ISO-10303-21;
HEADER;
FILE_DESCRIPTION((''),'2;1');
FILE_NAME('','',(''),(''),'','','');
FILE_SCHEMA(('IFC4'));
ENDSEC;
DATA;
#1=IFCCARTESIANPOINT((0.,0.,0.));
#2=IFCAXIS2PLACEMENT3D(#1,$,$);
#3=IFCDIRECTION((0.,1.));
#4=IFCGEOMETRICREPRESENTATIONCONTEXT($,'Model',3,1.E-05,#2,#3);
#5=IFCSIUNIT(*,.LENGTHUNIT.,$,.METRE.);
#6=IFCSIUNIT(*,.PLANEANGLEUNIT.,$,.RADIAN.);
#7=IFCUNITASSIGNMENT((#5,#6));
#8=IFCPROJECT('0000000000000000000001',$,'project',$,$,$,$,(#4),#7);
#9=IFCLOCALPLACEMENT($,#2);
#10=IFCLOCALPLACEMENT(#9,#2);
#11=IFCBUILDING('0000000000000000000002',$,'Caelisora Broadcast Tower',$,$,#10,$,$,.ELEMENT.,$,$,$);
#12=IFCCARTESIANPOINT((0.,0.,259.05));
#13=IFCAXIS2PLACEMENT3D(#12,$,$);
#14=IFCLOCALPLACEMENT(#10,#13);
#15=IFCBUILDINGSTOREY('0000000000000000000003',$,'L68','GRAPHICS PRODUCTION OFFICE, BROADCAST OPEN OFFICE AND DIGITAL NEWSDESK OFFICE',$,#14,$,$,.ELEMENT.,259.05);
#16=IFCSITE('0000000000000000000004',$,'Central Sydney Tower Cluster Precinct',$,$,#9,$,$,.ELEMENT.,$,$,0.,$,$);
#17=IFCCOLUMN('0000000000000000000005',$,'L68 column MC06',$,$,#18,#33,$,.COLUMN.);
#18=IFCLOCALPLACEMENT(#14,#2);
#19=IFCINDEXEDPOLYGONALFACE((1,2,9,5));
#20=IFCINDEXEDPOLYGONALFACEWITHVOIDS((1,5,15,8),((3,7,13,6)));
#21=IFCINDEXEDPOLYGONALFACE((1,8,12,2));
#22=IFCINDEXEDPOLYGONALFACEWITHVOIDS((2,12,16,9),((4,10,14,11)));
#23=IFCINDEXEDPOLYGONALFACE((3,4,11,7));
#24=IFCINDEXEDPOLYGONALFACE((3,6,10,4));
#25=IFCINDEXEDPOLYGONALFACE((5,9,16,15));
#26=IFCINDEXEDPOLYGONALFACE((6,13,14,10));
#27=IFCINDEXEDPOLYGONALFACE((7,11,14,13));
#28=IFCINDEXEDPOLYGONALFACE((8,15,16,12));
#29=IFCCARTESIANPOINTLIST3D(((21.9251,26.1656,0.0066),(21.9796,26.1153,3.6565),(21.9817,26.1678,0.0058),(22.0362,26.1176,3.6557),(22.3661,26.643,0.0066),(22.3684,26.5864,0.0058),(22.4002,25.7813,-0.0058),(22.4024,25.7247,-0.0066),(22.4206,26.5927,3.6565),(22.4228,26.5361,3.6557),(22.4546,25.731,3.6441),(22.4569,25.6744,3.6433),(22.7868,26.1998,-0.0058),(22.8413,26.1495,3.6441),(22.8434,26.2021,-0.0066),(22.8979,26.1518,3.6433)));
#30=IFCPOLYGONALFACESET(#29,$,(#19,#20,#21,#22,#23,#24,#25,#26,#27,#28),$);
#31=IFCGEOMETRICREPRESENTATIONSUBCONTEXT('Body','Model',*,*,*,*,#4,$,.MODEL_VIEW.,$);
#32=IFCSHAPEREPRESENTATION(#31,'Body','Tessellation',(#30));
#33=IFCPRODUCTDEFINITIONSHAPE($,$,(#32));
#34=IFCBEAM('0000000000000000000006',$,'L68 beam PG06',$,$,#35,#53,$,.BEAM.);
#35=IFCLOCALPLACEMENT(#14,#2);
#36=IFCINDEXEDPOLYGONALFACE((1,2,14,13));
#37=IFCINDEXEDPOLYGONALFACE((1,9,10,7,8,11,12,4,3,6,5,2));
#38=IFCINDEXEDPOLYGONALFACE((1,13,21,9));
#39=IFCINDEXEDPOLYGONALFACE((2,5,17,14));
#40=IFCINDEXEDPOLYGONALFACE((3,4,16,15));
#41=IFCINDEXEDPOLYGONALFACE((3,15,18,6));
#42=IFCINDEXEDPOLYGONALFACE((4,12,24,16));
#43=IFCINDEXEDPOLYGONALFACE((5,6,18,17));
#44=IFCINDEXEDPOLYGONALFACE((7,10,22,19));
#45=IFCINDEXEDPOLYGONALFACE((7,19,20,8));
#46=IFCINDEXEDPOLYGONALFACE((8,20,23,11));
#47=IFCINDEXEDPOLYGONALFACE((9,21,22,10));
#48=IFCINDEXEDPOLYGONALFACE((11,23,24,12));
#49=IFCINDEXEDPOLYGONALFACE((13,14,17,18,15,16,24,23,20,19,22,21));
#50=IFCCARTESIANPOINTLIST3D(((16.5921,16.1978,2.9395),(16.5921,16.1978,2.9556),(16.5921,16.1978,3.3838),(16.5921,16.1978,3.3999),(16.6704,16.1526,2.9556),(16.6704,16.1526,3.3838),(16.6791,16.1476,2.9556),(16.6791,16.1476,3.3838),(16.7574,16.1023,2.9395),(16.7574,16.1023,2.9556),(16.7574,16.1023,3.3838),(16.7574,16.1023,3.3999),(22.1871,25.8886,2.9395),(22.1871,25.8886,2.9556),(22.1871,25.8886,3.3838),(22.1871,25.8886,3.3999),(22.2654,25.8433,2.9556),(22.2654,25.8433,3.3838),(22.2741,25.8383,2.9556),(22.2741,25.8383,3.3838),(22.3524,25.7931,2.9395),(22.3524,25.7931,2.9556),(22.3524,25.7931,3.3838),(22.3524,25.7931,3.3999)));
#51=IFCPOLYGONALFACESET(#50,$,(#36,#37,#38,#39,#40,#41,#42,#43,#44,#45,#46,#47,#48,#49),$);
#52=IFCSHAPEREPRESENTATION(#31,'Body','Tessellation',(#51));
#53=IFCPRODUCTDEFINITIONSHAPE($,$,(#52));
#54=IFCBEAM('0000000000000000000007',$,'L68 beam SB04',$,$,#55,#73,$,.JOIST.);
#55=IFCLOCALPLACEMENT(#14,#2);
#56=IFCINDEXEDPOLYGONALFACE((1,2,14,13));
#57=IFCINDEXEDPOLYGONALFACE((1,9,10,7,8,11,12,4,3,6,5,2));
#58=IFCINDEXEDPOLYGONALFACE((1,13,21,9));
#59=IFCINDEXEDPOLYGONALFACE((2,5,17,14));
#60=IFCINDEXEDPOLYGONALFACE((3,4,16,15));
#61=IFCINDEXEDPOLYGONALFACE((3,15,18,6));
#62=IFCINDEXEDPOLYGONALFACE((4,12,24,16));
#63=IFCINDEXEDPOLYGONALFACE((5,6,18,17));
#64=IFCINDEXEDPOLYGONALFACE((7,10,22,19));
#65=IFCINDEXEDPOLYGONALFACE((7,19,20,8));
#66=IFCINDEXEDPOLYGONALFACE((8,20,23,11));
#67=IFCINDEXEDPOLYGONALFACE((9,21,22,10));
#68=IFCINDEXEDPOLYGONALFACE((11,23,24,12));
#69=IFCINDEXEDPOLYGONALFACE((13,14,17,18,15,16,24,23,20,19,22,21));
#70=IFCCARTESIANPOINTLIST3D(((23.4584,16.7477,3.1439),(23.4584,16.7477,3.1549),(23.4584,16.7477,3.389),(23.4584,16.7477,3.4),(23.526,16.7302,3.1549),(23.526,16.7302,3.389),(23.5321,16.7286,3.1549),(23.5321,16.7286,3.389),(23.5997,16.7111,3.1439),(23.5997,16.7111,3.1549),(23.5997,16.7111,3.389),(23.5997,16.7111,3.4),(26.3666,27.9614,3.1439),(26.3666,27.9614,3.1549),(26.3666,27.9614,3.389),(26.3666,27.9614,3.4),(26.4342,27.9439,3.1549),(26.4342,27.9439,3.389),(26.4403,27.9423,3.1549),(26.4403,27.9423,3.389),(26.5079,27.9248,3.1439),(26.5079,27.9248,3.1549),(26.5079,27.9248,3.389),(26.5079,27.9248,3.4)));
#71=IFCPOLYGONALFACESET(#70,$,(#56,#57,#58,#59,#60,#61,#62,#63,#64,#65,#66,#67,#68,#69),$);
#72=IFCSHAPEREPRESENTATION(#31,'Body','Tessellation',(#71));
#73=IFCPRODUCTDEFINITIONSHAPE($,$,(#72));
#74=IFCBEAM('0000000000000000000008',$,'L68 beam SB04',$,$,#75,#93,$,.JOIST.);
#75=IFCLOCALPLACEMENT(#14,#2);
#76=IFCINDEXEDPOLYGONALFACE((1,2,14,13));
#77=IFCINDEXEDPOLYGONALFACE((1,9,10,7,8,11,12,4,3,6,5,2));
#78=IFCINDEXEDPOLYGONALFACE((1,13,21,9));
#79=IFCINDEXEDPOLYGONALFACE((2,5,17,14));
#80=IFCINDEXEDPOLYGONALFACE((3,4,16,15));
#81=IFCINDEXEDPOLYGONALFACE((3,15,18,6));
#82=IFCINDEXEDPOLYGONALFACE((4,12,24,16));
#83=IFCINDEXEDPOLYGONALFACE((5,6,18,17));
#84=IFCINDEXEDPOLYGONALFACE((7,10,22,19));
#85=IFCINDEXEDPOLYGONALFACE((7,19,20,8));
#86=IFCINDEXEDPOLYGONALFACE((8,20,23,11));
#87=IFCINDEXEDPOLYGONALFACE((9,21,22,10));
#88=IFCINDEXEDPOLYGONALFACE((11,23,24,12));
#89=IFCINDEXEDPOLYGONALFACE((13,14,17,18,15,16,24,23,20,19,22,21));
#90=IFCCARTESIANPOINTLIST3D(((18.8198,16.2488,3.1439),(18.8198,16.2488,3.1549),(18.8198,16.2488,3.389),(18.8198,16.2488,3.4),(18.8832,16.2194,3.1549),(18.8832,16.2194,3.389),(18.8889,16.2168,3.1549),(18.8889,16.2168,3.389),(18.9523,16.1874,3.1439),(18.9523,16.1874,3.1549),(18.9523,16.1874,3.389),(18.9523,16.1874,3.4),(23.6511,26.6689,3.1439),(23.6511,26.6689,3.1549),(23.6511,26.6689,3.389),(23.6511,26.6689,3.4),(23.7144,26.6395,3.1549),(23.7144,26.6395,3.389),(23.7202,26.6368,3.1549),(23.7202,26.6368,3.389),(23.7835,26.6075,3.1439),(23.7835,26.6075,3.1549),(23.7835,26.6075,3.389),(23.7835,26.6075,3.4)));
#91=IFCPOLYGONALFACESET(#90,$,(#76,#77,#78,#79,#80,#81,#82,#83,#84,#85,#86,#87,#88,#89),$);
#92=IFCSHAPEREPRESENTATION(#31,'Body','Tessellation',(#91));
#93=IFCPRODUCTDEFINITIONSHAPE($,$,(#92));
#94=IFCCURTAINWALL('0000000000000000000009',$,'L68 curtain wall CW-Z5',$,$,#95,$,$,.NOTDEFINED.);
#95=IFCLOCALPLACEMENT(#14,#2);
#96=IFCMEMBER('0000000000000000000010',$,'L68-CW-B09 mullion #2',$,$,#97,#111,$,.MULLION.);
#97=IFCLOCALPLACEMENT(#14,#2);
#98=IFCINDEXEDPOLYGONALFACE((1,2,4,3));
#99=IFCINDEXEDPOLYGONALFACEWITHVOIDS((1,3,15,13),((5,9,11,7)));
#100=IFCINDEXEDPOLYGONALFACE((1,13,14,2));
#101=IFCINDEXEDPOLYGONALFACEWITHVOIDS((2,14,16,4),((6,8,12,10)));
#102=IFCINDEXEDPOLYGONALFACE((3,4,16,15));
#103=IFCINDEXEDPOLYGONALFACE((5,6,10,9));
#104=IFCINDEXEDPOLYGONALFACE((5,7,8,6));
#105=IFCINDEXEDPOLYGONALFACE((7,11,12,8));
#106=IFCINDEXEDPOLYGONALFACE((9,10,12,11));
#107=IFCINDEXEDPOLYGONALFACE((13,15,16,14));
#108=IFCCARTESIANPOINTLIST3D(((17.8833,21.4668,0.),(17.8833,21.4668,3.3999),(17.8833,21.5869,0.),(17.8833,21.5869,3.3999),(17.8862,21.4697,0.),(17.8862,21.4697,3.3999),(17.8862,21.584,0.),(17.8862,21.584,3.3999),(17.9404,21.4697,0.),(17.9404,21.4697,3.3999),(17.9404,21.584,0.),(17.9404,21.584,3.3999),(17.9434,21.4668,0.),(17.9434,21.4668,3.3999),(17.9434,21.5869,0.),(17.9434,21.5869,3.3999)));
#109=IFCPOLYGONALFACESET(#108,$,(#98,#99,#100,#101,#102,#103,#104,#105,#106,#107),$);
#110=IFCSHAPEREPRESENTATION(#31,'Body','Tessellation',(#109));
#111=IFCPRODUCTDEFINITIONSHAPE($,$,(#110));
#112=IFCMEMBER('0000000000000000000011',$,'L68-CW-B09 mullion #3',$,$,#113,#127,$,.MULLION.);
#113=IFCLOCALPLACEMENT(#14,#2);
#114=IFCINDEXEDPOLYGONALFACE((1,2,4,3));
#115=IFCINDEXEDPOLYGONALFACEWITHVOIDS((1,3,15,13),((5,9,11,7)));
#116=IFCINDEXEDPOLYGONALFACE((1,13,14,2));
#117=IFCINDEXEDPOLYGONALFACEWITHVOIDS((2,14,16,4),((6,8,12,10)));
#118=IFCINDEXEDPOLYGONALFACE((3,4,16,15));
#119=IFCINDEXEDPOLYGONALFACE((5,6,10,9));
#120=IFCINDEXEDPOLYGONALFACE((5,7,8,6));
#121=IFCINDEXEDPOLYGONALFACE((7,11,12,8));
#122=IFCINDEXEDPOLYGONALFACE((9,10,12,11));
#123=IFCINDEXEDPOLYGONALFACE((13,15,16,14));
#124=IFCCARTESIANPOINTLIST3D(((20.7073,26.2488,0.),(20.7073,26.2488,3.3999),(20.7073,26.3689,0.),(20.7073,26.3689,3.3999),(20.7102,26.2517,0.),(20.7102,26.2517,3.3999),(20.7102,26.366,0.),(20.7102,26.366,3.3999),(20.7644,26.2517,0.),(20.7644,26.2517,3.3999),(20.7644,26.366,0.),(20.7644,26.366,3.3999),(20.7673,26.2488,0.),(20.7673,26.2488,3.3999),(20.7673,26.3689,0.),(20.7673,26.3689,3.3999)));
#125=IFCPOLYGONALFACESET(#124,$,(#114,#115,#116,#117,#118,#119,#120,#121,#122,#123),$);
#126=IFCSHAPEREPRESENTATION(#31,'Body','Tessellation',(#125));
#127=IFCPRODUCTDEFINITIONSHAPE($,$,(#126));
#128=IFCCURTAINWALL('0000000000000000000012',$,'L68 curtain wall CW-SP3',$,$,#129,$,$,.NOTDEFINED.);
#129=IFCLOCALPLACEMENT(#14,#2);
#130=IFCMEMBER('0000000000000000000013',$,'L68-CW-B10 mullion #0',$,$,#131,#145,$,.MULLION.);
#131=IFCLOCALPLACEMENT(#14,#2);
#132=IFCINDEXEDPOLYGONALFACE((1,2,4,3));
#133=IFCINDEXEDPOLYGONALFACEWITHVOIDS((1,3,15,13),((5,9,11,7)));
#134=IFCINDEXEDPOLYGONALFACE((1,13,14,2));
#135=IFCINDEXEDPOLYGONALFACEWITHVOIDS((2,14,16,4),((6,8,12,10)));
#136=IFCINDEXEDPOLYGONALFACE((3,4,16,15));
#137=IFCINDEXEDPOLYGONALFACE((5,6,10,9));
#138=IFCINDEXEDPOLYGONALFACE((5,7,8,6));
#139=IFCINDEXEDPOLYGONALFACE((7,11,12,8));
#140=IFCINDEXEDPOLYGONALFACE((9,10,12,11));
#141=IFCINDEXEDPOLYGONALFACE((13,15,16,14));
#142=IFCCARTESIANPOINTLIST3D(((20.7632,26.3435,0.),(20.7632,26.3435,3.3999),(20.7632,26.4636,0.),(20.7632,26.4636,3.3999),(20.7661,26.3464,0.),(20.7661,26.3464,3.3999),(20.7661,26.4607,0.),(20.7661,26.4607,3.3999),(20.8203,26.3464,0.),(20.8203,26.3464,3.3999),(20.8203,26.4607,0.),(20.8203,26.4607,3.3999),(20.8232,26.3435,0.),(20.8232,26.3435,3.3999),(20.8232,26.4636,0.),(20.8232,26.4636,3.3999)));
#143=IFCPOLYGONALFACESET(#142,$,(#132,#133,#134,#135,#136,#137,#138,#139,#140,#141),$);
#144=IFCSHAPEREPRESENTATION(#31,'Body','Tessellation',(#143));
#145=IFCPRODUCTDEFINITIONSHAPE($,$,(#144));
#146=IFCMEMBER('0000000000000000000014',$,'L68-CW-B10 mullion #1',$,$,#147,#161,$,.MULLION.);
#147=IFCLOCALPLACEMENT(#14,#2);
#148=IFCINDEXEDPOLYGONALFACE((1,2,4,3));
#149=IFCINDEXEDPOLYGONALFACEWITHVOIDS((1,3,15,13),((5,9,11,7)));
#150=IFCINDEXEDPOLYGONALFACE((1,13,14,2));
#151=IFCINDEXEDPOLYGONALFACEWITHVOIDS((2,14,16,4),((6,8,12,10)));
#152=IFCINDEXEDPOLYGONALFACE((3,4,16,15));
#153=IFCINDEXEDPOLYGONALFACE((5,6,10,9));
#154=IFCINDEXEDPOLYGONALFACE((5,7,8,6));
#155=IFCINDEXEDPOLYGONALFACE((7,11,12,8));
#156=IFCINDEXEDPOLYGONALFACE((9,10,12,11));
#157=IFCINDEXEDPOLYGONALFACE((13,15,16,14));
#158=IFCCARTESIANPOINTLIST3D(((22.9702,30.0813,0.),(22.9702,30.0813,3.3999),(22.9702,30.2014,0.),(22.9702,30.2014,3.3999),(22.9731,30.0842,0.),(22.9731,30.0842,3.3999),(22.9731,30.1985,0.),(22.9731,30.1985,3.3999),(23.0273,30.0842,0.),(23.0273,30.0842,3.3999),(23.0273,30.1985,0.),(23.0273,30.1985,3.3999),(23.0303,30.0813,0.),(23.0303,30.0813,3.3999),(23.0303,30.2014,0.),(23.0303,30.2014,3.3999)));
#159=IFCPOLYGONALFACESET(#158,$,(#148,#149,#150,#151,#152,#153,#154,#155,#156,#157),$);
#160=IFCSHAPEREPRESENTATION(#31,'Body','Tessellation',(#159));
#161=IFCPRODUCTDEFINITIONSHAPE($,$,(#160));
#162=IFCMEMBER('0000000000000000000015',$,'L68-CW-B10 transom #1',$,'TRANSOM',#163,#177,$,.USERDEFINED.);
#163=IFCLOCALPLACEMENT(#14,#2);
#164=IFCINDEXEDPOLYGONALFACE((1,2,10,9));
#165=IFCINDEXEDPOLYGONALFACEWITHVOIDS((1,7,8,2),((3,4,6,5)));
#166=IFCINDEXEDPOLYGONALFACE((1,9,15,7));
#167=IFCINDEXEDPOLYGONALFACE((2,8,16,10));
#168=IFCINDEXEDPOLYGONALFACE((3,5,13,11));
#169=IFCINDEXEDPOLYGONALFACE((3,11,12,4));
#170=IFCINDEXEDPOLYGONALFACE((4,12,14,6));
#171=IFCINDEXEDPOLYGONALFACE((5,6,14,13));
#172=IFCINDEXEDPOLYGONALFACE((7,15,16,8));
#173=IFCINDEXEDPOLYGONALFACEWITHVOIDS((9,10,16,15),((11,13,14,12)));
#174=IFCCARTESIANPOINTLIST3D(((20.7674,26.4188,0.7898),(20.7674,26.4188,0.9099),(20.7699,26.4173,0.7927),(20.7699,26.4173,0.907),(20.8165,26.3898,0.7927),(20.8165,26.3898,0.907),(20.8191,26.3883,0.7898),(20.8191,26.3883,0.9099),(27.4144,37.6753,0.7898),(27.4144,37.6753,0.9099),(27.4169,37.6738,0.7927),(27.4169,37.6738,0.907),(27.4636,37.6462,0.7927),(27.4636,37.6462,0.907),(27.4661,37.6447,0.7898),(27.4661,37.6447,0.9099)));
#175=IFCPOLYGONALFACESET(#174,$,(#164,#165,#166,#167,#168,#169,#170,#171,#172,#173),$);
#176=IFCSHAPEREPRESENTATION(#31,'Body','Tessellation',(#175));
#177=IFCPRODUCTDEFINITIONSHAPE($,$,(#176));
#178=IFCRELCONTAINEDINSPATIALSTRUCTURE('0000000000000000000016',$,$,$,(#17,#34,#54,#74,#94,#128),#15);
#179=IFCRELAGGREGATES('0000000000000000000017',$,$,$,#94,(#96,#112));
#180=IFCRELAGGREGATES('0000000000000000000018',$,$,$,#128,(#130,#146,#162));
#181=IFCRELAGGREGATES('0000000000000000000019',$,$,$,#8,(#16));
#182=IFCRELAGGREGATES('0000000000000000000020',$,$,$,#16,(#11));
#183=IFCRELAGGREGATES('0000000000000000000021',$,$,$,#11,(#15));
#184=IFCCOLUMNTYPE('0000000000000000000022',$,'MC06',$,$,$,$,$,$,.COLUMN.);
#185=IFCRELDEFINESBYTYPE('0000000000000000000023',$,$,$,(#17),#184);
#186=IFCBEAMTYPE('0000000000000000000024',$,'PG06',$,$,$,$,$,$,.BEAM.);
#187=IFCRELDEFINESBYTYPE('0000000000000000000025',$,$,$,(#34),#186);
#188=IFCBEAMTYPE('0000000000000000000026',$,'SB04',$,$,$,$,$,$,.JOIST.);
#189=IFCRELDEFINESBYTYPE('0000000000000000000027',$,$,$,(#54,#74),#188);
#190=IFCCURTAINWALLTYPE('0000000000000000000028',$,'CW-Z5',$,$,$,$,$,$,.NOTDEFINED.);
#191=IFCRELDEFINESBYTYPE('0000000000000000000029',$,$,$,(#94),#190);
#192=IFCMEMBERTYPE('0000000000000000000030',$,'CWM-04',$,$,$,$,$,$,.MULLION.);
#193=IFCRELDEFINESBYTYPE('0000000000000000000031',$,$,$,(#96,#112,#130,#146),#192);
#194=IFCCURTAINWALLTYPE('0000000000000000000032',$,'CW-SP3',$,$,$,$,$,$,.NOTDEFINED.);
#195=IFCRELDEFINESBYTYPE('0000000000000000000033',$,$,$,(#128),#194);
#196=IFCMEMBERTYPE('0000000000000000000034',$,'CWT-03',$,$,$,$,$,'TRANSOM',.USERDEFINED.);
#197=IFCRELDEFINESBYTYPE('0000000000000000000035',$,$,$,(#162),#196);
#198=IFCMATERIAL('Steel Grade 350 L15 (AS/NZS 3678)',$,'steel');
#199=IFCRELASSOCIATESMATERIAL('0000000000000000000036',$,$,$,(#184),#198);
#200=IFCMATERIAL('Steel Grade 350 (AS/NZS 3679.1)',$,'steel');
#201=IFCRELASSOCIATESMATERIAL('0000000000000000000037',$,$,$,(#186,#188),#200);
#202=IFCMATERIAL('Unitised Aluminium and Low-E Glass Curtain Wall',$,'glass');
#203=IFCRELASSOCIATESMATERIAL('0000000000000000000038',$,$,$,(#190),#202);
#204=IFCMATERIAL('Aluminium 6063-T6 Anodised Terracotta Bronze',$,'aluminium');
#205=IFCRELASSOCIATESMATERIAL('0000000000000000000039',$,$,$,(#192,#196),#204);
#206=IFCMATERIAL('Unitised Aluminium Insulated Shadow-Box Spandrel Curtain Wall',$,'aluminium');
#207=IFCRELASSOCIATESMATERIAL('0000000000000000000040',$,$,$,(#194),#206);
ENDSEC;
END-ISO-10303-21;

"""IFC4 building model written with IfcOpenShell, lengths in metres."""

from ifc_helpers import new_model, si_unit, direction, frame, origin, origin_2d, place, context, subcontext, project, spatial, hollow_rectangle, i_section, extrude, source, transform, mapped, material, material_profile, profile_set, type_object, type_shapes, element, aggregate, save


model = new_model("IFC4")

# Units and contexts
model_context = context("Model", 3, precision=1e-05, world=origin(), true_north=direction((0.0, 1.0)))
body_context = subcontext(model_context, "Body", "Model", "MODEL_VIEW")
ifc_project = project(units=[si_unit("LENGTHUNIT", "METRE"), si_unit("PLANEANGLEUNIT", "RADIAN")], contexts=[model_context])

# Site, building, storey
site_placement = place(None, origin())
site = spatial("IfcSite", under=ifc_project, at=site_placement, Name="Central Sydney Tower Cluster Precinct", CompositionType="ELEMENT", RefElevation=0.0)
building_placement = place(site_placement, origin())
building = spatial("IfcBuilding", under=site, at=building_placement, Name="Caelisora Broadcast Tower", CompositionType="ELEMENT")
storey_placement = place(building_placement, frame((0.0, 0.0, 259.05)))
storey = spatial("IfcBuildingStorey", under=building, at=storey_placement, Name="L68", Description="GRAPHICS PRODUCTION OFFICE, BROADCAST OPEN OFFICE AND DIGITAL NEWSDESK OFFICE", CompositionType="ELEMENT", Elevation=259.05)

# Column
ifc_material_1 = material(Name="Steel Grade 350 L15 (AS/NZS 3678)", Category="steel")
ifc_material_profile_1 = material_profile(ifc_material_1, hollow_rectangle(XDim=0.6499, YDim=0.6499, WallThickness=0.04, at=origin_2d()), Name="Steel Grade 350 L15 (AS/NZS 3678)")
ifc_profile_set_1 = profile_set([ifc_material_profile_1], Name="Steel Grade 350 L15 (AS/NZS 3678)")
column_type = type_object("IfcColumnType", Name="MC06", PredefinedType="COLUMN", material=ifc_profile_set_1)
shared_shape_1 = source(origin(), body_context, "Body", "SweptSolid", [
    extrude(hollow_rectangle(XDim=0.6499, YDim=0.6499, WallThickness=0.04, at=origin_2d()), origin(), (0.0, 0.0, 1.0), 3.6506),
])
type_shapes(column_type, [shared_shape_1])
column_placement = place(storey_placement, frame((22.3843, 26.1838, 0.0), z_axis=(0.014913, -0.013776, 0.999794), x_axis=(0.678554, 0.734551, 0.0)))
element("IfcColumn", 1, at=column_placement, inside=storey, type_object=column_type, Name="L68 column MC06", PredefinedType="COLUMN", context=body_context, shape_type="MappedRepresentation", body=[
    mapped(shared_shape_1, transform((0.0, 0.0, 0.0), scale=1.0)),
])

# Beams
ifc_material_2 = material(Name="Steel Grade 350 (AS/NZS 3679.1)", Category="steel")
ifc_material_profile_2 = material_profile(ifc_material_2, i_section(OverallWidth=0.1909, OverallDepth=0.4604, WebThickness=0.01, FlangeThickness=0.0161, at=origin_2d()), Name="Steel Grade 350 (AS/NZS 3679.1)")
ifc_profile_set_2 = profile_set([ifc_material_profile_2], Name="Steel Grade 350 (AS/NZS 3679.1)")
beam_type_1 = type_object("IfcBeamType", Name="PG06", PredefinedType="BEAM", material=ifc_profile_set_2)
shared_shape_2 = source(origin(), body_context, "Body", "SweptSolid", [
    extrude(i_section(OverallWidth=0.1909, OverallDepth=0.4604, WebThickness=0.01, FlangeThickness=0.0161, at=origin_2d()), origin(), (0.0, 0.0, 1.0), 11.1899),
])
type_shapes(beam_type_1, [shared_shape_2])
beam_1_placement = place(storey_placement, frame((22.2698, 25.8408, 3.1697), z_axis=(-0.500004, -0.866023, 0.0), x_axis=(0.866023, -0.500004, 0.0)))
element("IfcBeam", 2, at=beam_1_placement, inside=storey, type_object=beam_type_1, Name="L68 beam PG06", PredefinedType="BEAM", context=body_context, shape_type="MappedRepresentation", body=[
    mapped(shared_shape_2, transform((0.0, 0.0, 0.0), scale=1.0)),
])
ifc_material_profile_3 = material_profile(ifc_material_2, i_section(OverallWidth=0.146, OverallDepth=0.2561, WebThickness=0.0063, FlangeThickness=0.011, at=origin_2d()), Name="Steel Grade 350 (AS/NZS 3679.1)")
ifc_profile_set_3 = profile_set([ifc_material_profile_3], Name="Steel Grade 350 (AS/NZS 3679.1)")
beam_type_2 = type_object("IfcBeamType", Name="SB04", PredefinedType="JOIST", material=ifc_profile_set_3)
shared_shape_3 = source(origin(), body_context, "Body", "SweptSolid", [
    extrude(i_section(OverallWidth=0.146, OverallDepth=0.2561, WebThickness=0.0063, FlangeThickness=0.011, at=origin_2d()), origin(), (0.0, 0.0, 1.0), 11.5847),
])
beam_2_placement = place(storey_placement, frame((26.4373, 27.9431, 3.272), z_axis=(-0.25104, -0.967977, 0.0), x_axis=(0.967977, -0.25104, 0.0)))
element("IfcBeam", 3, at=beam_2_placement, inside=storey, type_object=beam_type_2, Name="L68 beam SB04", PredefinedType="JOIST", context=body_context, shape_type="MappedRepresentation", body=[
    mapped(shared_shape_3, transform((0.0, 0.0, 0.0), scale=1.0)),
])
shared_shape_4 = source(origin(), body_context, "Body", "SweptSolid", [
    extrude(i_section(OverallWidth=0.146, OverallDepth=0.2561, WebThickness=0.0063, FlangeThickness=0.011, at=origin_2d()), origin(), (0.0, 0.0, 1.0), 11.4856),
])
type_shapes(beam_type_2, [shared_shape_3, shared_shape_4])
beam_3_placement = place(storey_placement, frame((23.7173, 26.6382, 3.272), z_axis=(-0.420636, -0.90723, 0.0), x_axis=(0.90723, -0.420636, 0.0)))
element("IfcBeam", 4, at=beam_3_placement, inside=storey, type_object=beam_type_2, Name="L68 beam SB04", PredefinedType="JOIST", context=body_context, shape_type="MappedRepresentation", body=[
    mapped(shared_shape_4, transform((0.0, 0.0, 0.0), scale=1.0)),
])

# Curtain walls, members
ifc_material_3 = material(Name="Unitised Aluminium and Low-E Glass Curtain Wall", Category="glass")
curtain_wall_type_1 = type_object("IfcCurtainWallType", Name="CW-Z5", PredefinedType="NOTDEFINED", material=ifc_material_3)
curtain_wall_1_placement = place(storey_placement, origin())
curtain_wall_1 = element("IfcCurtainWall", 5, at=curtain_wall_1_placement, inside=storey, type_object=curtain_wall_type_1, Name="L68 curtain wall CW-Z5", PredefinedType="NOTDEFINED")
ifc_material_4 = material(Name="Aluminium 6063-T6 Anodised Terracotta Bronze", Category="aluminium")
ifc_material_profile_4 = material_profile(ifc_material_4, hollow_rectangle(XDim=0.0601, YDim=0.1201, WallThickness=0.0029, at=origin_2d()), Name="Aluminium 6063-T6 Anodised Terracotta Bronze")
ifc_profile_set_4 = profile_set([ifc_material_profile_4], Name="Aluminium 6063-T6 Anodised Terracotta Bronze")
member_type_1 = type_object("IfcMemberType", Name="CWM-04", PredefinedType="MULLION", material=ifc_profile_set_4)
shared_shape_5 = source(origin(), body_context, "Body", "SweptSolid", [
    extrude(hollow_rectangle(XDim=0.0601, YDim=0.1201, WallThickness=0.0029, at=origin_2d()), origin(), (0.0, 0.0, 1.0), 3.3999),
])
type_shapes(member_type_1, [shared_shape_5])
member_1_placement = place(storey_placement, frame((17.9133, 21.5269, 0.0), z_axis=(0.0, 0.0, 1.0), x_axis=(1.0, 0.0, 0.0)))
member_1 = element("IfcMember", 6, at=member_1_placement, type_object=member_type_1, Name="L68-CW-B09 mullion #2", PredefinedType="MULLION", context=body_context, shape_type="MappedRepresentation", body=[
    mapped(shared_shape_5, transform((0.0, 0.0, 0.0), scale=1.0)),
])
member_2_placement = place(storey_placement, frame((20.7373, 26.3088, 0.0), z_axis=(0.0, 0.0, 1.0), x_axis=(1.0, 0.0, 0.0)))
member_2 = element("IfcMember", 7, at=member_2_placement, type_object=member_type_1, Name="L68-CW-B09 mullion #3", PredefinedType="MULLION", context=body_context, shape_type="MappedRepresentation", body=[
    mapped(shared_shape_5, transform((0.0, 0.0, 0.0), scale=1.0)),
])
ifc_material_5 = material(Name="Unitised Aluminium Insulated Shadow-Box Spandrel Curtain Wall", Category="aluminium")
curtain_wall_type_2 = type_object("IfcCurtainWallType", Name="CW-SP3", PredefinedType="NOTDEFINED", material=ifc_material_5)
curtain_wall_2_placement = place(storey_placement, origin())
curtain_wall_2 = element("IfcCurtainWall", 8, at=curtain_wall_2_placement, inside=storey, type_object=curtain_wall_type_2, Name="L68 curtain wall CW-SP3", PredefinedType="NOTDEFINED")
member_3_placement = place(storey_placement, frame((20.7932, 26.4036, 0.0), z_axis=(0.0, 0.0, 1.0), x_axis=(1.0, 0.0, 0.0)))
member_3 = element("IfcMember", 9, at=member_3_placement, type_object=member_type_1, Name="L68-CW-B10 mullion #0", PredefinedType="MULLION", context=body_context, shape_type="MappedRepresentation", body=[
    mapped(shared_shape_5, transform((0.0, 0.0, 0.0), scale=1.0)),
])
member_4_placement = place(storey_placement, frame((23.0002, 30.1414, 0.0), z_axis=(0.0, 0.0, 1.0), x_axis=(1.0, 0.0, 0.0)))
member_4 = element("IfcMember", 10, at=member_4_placement, type_object=member_type_1, Name="L68-CW-B10 mullion #1", PredefinedType="MULLION", context=body_context, shape_type="MappedRepresentation", body=[
    mapped(shared_shape_5, transform((0.0, 0.0, 0.0), scale=1.0)),
])
ifc_material_profile_5 = material_profile(ifc_material_4, hollow_rectangle(XDim=0.0601, YDim=0.1201, WallThickness=0.0029, at=origin_2d()), Name="Aluminium 6063-T6 Anodised Terracotta Bronze")
ifc_profile_set_5 = profile_set([ifc_material_profile_5], Name="Aluminium 6063-T6 Anodised Terracotta Bronze")
member_type_2 = type_object("IfcMemberType", Name="CWT-03", ElementType="TRANSOM", PredefinedType="USERDEFINED", material=ifc_profile_set_5)
shared_shape_6 = source(origin(), body_context, "Body", "SweptSolid", [
    extrude(hollow_rectangle(XDim=0.0601, YDim=0.1201, WallThickness=0.0029, at=origin_2d()), origin(), (0.0, 0.0, 1.0), 13.0725),
])
type_shapes(member_type_2, [shared_shape_6])
member_5_placement = place(storey_placement, frame((20.7932, 26.4036, 0.8499), z_axis=(0.508474, 0.861077, 0.0), x_axis=(-0.861077, 0.508474, 0.0)))
member_5 = element("IfcMember", 11, at=member_5_placement, type_object=member_type_2, Name="L68-CW-B10 transom #1", ObjectType="TRANSOM", PredefinedType="USERDEFINED", context=body_context, shape_type="MappedRepresentation", body=[
    mapped(shared_shape_6, transform((0.0, 0.0, 0.0), scale=1.0)),
])

aggregate(curtain_wall_1, [member_1, member_2])
aggregate(curtain_wall_2, [member_3, member_4, member_5])

save(model, "model.ifc")
